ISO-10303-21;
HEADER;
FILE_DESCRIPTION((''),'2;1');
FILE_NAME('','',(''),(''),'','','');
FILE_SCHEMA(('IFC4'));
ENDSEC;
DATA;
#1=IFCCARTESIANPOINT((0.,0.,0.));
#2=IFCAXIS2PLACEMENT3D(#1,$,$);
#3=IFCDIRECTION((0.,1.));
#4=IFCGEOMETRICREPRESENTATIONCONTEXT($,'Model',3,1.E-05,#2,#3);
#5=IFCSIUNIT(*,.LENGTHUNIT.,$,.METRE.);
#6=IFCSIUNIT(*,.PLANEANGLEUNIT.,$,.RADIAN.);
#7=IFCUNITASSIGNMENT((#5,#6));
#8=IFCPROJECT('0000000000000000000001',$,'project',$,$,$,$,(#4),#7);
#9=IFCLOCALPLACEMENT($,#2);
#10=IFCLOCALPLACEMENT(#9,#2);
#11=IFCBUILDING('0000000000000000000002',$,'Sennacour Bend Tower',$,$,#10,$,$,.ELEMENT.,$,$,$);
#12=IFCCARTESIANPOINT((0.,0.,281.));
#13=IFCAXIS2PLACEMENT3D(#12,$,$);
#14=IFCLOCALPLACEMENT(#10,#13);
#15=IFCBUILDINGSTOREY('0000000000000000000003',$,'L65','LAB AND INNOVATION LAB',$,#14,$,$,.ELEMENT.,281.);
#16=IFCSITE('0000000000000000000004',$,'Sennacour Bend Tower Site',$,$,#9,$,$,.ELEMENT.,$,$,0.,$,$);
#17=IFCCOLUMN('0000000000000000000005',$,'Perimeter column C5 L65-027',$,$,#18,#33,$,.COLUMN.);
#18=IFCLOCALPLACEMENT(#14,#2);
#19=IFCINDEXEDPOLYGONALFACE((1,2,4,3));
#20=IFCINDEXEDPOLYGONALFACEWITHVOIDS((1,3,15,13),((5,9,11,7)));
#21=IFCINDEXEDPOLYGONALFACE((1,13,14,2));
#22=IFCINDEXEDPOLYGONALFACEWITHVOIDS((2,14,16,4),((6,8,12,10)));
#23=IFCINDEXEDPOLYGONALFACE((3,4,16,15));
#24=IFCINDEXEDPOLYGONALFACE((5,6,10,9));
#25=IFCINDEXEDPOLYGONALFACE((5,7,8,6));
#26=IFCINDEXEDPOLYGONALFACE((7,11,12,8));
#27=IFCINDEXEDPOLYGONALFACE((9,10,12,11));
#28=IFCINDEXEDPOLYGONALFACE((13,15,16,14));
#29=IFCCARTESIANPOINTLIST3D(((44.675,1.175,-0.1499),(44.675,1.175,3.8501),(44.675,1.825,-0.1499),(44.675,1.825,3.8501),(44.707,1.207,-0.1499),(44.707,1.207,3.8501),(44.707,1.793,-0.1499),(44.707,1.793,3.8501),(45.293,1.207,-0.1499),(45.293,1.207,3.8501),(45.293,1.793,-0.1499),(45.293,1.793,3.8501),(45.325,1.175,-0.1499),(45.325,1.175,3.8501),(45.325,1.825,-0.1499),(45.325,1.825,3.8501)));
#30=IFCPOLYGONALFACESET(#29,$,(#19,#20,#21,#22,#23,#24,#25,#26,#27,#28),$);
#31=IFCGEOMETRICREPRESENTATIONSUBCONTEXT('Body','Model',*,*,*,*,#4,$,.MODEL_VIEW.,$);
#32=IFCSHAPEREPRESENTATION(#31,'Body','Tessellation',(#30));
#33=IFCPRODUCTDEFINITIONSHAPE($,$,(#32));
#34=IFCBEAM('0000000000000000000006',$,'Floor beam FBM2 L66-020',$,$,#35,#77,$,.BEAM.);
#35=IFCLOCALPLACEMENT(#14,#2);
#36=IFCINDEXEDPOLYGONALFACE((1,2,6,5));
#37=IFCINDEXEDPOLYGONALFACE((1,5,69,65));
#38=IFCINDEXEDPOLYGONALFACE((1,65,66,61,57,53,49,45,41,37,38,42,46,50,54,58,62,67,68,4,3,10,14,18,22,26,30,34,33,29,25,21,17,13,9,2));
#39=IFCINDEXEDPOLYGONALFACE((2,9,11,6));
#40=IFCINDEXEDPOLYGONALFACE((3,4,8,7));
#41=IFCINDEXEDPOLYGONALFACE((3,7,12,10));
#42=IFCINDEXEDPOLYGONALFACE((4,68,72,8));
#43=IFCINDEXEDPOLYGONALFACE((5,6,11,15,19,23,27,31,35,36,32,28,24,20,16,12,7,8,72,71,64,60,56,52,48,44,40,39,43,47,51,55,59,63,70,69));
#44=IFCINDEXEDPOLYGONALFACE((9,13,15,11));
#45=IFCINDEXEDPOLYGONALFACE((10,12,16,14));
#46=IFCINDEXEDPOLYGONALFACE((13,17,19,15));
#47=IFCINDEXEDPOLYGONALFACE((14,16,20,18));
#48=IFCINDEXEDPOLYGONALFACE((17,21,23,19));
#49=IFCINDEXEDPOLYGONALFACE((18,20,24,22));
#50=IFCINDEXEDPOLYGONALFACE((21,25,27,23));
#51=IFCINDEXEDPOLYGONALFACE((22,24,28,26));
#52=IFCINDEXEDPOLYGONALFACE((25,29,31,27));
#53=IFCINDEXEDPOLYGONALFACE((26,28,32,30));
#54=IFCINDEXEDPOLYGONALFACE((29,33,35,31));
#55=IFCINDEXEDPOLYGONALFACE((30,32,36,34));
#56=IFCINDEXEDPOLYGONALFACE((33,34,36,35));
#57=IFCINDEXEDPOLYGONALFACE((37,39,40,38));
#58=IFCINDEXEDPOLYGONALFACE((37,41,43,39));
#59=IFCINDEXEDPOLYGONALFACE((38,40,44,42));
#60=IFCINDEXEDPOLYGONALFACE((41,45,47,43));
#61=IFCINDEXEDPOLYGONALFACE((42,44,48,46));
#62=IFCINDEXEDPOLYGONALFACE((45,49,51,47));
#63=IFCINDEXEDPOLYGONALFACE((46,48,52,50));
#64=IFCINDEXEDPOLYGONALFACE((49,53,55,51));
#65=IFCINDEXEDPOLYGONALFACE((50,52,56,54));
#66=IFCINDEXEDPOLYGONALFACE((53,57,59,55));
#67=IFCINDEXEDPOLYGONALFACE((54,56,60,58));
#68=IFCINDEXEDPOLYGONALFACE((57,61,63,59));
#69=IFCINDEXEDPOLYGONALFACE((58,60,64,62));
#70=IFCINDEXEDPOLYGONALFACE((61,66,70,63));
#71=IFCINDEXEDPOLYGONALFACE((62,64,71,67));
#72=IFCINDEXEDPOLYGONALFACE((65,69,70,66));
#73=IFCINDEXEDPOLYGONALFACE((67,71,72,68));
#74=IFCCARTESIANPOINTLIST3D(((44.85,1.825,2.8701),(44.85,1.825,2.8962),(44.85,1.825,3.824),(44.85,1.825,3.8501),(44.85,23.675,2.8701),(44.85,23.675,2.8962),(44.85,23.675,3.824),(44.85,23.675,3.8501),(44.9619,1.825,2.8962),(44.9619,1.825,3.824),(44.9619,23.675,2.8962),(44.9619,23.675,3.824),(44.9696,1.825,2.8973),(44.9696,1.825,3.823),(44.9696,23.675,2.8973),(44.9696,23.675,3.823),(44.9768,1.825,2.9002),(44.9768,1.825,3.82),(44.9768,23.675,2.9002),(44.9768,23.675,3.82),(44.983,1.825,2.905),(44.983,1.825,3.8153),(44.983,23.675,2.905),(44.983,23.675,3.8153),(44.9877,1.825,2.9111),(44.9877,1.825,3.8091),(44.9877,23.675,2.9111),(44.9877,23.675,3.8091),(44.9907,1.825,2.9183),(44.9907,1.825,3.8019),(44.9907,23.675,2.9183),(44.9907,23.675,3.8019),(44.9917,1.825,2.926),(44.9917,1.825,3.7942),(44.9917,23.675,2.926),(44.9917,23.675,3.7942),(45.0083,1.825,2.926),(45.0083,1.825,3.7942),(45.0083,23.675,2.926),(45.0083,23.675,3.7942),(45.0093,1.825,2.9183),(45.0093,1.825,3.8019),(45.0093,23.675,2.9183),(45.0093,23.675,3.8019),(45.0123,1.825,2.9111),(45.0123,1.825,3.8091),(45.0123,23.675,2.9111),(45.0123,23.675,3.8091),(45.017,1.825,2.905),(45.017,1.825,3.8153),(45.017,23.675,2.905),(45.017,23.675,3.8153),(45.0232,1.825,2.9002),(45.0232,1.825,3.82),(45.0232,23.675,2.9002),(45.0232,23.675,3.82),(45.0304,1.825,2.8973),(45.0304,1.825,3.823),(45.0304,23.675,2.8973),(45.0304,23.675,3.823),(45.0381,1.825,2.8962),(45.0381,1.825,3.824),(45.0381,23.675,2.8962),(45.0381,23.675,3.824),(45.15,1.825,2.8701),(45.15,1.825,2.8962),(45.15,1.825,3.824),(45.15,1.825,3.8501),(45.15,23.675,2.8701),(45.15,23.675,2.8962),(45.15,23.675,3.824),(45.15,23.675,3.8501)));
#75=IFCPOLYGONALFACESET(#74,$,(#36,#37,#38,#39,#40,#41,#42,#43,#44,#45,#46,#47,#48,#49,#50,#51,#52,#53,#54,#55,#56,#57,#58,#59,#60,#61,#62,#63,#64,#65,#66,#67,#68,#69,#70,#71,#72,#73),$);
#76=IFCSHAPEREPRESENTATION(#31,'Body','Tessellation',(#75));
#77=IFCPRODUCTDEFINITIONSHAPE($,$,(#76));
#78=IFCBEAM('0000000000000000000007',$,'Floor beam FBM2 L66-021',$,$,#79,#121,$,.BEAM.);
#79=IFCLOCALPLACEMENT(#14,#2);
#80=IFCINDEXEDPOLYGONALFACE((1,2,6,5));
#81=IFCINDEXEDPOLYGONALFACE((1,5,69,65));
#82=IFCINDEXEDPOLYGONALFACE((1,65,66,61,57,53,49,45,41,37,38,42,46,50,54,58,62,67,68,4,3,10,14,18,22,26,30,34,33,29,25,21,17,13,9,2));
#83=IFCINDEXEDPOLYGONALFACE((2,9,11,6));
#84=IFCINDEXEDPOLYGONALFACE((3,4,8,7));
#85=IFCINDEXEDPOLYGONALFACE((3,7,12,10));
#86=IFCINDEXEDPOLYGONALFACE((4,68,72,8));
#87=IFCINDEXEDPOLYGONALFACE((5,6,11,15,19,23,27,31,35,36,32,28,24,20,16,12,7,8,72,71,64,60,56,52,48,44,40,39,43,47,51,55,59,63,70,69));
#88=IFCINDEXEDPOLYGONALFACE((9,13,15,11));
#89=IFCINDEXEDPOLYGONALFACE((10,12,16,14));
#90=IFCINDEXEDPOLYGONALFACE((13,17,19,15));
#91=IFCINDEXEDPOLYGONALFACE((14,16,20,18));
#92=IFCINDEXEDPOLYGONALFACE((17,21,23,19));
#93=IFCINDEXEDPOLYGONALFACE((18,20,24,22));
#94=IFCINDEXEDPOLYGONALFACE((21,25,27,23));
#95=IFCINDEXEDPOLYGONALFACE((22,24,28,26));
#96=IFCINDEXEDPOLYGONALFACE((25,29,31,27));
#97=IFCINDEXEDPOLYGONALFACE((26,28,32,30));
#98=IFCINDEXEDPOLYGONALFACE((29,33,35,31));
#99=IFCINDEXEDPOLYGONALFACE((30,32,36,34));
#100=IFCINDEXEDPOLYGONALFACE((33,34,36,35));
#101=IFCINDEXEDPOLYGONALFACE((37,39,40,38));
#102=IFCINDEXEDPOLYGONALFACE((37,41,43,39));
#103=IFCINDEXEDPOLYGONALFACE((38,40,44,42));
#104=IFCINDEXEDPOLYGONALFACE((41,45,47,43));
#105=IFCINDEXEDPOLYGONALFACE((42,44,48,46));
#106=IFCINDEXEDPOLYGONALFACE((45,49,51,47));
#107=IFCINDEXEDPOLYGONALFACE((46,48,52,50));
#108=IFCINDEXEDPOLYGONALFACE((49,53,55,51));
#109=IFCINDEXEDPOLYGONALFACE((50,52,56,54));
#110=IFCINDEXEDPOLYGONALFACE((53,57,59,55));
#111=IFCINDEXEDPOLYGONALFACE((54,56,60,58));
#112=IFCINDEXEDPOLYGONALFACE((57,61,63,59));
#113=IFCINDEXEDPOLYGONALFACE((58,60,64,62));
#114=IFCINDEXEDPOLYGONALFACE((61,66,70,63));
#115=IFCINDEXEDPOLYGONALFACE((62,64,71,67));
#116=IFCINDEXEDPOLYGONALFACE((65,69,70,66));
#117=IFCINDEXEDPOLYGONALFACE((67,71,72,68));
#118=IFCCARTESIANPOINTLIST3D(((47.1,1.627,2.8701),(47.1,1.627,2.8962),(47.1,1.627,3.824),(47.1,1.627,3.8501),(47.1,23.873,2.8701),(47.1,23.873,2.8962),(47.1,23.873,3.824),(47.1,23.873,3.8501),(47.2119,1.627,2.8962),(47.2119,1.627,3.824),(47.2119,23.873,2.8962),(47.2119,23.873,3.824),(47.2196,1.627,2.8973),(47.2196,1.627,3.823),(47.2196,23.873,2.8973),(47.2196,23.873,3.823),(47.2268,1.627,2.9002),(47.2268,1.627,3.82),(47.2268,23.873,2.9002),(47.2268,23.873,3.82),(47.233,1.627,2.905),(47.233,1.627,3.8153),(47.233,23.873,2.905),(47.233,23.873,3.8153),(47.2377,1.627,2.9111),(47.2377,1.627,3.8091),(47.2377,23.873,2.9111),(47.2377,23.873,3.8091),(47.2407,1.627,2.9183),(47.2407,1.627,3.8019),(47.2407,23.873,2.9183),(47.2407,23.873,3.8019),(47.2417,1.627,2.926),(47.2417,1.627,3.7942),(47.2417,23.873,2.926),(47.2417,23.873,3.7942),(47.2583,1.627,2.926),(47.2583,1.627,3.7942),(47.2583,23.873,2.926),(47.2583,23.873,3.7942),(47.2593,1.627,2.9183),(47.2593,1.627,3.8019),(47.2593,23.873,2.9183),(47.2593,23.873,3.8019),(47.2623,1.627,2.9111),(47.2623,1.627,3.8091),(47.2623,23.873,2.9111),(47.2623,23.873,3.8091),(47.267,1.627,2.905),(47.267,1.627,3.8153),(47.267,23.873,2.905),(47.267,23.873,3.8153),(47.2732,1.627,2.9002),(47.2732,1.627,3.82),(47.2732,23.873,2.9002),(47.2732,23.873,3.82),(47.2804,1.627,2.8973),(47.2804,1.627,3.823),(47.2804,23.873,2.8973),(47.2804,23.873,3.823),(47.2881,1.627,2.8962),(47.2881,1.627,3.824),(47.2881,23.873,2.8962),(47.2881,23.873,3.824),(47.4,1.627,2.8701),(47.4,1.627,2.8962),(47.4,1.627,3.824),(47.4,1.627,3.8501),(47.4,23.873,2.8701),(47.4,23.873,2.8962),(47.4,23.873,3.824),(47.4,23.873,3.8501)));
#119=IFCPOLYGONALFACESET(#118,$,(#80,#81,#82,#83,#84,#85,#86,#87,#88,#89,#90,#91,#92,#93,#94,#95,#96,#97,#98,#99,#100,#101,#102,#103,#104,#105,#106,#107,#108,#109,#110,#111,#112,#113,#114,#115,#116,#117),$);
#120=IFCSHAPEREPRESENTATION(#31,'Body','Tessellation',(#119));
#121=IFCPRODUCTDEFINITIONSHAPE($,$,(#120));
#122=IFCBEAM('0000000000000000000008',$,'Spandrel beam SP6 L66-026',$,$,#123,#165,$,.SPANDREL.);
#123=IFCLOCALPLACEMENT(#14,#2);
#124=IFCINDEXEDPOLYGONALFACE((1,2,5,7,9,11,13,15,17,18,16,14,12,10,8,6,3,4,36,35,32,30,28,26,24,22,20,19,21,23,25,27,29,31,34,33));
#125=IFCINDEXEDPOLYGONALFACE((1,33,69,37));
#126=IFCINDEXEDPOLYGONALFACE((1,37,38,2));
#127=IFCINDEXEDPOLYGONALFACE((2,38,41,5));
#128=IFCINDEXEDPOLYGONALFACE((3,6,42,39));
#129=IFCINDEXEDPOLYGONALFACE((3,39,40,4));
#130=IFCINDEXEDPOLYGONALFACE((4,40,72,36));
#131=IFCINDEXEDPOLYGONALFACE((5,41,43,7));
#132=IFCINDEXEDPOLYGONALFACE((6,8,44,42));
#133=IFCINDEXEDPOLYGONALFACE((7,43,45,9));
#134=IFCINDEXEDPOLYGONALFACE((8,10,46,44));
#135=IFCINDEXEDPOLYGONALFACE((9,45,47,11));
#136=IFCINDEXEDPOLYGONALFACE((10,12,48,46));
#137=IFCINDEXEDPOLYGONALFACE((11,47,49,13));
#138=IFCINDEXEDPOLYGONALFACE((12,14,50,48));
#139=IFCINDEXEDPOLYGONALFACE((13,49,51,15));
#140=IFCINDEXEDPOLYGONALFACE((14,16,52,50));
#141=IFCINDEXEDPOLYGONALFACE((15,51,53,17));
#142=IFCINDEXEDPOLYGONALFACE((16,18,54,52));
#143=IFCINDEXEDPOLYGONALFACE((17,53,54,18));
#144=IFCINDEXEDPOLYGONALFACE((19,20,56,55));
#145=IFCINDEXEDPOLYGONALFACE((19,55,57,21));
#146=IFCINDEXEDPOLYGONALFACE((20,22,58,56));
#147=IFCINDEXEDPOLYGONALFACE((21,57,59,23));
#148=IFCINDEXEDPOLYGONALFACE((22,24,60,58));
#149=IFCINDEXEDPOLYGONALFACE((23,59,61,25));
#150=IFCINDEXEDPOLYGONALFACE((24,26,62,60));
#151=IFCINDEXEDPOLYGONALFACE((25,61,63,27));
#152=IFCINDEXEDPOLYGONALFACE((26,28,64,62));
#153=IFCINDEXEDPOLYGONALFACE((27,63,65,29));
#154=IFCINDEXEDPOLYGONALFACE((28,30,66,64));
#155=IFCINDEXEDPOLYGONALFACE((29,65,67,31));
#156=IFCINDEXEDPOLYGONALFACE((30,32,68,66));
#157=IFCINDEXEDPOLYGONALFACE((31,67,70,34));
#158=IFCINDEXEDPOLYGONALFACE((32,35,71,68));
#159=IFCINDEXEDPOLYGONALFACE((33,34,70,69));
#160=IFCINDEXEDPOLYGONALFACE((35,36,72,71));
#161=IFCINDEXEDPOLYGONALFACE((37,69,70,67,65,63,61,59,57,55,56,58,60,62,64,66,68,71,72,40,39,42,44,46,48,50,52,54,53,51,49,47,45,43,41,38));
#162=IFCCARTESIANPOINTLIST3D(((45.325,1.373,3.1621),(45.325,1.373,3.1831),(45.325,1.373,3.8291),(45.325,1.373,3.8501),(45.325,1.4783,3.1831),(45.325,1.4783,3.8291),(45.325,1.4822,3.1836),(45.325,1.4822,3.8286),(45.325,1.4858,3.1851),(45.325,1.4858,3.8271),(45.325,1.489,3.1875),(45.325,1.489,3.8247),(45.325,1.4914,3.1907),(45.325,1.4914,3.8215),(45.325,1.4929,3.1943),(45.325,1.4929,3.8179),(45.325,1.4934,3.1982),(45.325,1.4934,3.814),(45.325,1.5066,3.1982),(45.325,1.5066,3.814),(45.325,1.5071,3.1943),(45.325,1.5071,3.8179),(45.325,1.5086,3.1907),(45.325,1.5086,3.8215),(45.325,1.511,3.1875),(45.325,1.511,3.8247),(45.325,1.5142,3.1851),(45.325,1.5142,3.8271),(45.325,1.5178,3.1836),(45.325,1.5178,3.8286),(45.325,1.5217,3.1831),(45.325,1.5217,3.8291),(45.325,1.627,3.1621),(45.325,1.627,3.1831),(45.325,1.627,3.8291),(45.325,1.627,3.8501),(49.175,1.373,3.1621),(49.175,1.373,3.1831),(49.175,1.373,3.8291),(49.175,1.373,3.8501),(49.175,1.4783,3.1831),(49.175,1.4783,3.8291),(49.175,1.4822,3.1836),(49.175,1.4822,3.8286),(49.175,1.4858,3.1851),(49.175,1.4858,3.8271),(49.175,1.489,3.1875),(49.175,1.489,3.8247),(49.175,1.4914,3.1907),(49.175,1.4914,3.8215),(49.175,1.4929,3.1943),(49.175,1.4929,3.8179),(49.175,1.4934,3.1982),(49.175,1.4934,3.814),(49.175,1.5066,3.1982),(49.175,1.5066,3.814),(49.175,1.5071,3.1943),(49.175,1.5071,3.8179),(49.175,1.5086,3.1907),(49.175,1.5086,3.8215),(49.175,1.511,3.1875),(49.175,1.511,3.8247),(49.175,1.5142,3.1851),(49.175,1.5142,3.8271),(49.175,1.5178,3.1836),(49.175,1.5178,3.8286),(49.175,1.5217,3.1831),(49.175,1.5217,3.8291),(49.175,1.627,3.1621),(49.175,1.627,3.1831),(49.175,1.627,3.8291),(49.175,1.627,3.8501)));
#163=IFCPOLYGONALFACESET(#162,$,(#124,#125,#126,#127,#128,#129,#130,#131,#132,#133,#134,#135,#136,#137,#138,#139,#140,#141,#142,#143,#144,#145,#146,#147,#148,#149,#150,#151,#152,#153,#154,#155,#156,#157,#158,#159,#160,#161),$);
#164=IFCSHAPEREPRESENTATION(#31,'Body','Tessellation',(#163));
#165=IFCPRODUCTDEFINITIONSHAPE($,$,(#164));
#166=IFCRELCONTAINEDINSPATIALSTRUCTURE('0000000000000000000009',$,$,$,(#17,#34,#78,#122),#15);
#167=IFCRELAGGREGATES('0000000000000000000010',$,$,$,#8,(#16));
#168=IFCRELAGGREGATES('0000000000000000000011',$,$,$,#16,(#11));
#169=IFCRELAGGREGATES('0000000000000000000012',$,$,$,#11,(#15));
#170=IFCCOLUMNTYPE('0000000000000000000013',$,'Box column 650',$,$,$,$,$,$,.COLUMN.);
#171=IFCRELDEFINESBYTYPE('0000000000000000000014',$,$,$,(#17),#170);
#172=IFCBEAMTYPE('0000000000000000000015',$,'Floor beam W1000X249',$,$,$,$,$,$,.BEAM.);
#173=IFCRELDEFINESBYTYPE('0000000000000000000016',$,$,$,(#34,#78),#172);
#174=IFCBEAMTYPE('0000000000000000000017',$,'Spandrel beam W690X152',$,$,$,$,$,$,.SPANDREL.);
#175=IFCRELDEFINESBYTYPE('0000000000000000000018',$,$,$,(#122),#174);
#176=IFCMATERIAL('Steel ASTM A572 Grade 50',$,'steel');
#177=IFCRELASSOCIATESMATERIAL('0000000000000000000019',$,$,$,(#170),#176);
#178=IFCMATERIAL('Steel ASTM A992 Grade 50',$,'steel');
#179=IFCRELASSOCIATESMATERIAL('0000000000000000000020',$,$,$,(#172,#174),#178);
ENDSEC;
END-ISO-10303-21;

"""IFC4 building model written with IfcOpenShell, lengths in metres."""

from ifc_helpers import new_model, si_unit, direction, frame, origin, origin_2d, place, context, subcontext, project, spatial, hollow_rectangle, i_section, extrude, material, material_profile, profile_set, type_object, element, save


model = new_model("IFC4")

# Units and contexts
model_context = context("Model", 3, precision=1e-05, world=origin(), true_north=direction((0.0, 1.0)))
body_context = subcontext(model_context, "Body", "Model", "MODEL_VIEW")
ifc_project = project(units=[si_unit("LENGTHUNIT", "METRE"), si_unit("PLANEANGLEUNIT", "RADIAN")], contexts=[model_context])

# Site, building, storey
site_placement = place(None, origin())
site = spatial("IfcSite", under=ifc_project, at=site_placement, Name="Sennacour Bend Tower Site", CompositionType="ELEMENT", RefElevation=0.0)
building_placement = place(site_placement, origin())
building = spatial("IfcBuilding", under=site, at=building_placement, Name="Sennacour Bend Tower", CompositionType="ELEMENT")
storey_placement = place(building_placement, frame((0.0, 0.0, 281.0)))
storey = spatial("IfcBuildingStorey", under=building, at=storey_placement, Name="L65", Description="LAB AND INNOVATION LAB", CompositionType="ELEMENT", Elevation=281.0)

# Column
ifc_material_1 = material(Name="Steel ASTM A572 Grade 50", Category="steel")
ifc_material_profile_1 = material_profile(ifc_material_1, hollow_rectangle(XDim=0.6499, YDim=0.6499, WallThickness=0.032, at=origin_2d()), Name="Steel ASTM A572 Grade 50", Category="steel")
ifc_profile_set_1 = profile_set([ifc_material_profile_1], Name="Steel ASTM A572 Grade 50")
column_type = type_object("IfcColumnType", Name="Box column 650", PredefinedType="COLUMN", material=ifc_profile_set_1)
column_placement = place(storey_placement, frame((45.0, 1.5, -0.1499), z_axis=(0.0, 0.0, 1.0), x_axis=(1.0, 0.0, 0.0)))
element("IfcColumn", 1, at=column_placement, inside=storey, type_object=column_type, Name="Perimeter column C5 L65-027", PredefinedType="COLUMN", context=body_context, shape_type="SweptSolid", body=[
    extrude(hollow_rectangle(XDim=0.6499, YDim=0.6499, WallThickness=0.032, at=origin_2d()), origin(), (0.0, 0.0, 1.0), 4.0),
])

# Beams
ifc_material_2 = material(Name="Steel ASTM A992 Grade 50", Category="steel")
ifc_material_profile_2 = material_profile(ifc_material_2, i_section(OverallWidth=0.3, OverallDepth=0.98, WebThickness=0.0166, FlangeThickness=0.0261, FilletRadius=0.0298, at=origin_2d()), Name="Steel ASTM A992 Grade 50", Category="steel")
ifc_profile_set_2 = profile_set([ifc_material_profile_2], Name="Steel ASTM A992 Grade 50")
beam_type_1 = type_object("IfcBeamType", Name="Floor beam W1000X249", PredefinedType="BEAM", material=ifc_profile_set_2)
beam_1_placement = place(storey_placement, frame((45.0, 1.825, 3.3601), z_axis=(0.0, 1.0, 0.0), x_axis=(-1.0, 0.0, 0.0)))
element("IfcBeam", 2, at=beam_1_placement, inside=storey, type_object=beam_type_1, Name="Floor beam FBM2 L66-020", PredefinedType="BEAM", context=body_context, shape_type="SweptSolid", body=[
    extrude(i_section(OverallWidth=0.3, OverallDepth=0.98, WebThickness=0.0166, FlangeThickness=0.0261, FilletRadius=0.0298, at=origin_2d()), origin(), (0.0, 0.0, 1.0), 21.8501),
])
beam_2_placement = place(storey_placement, frame((47.25, 1.627, 3.3601), z_axis=(0.0, 1.0, 0.0), x_axis=(-1.0, 0.0, 0.0)))
element("IfcBeam", 3, at=beam_2_placement, inside=storey, type_object=beam_type_1, Name="Floor beam FBM2 L66-021", PredefinedType="BEAM", context=body_context, shape_type="SweptSolid", body=[
    extrude(i_section(OverallWidth=0.3, OverallDepth=0.98, WebThickness=0.0166, FlangeThickness=0.0261, FilletRadius=0.0298, at=origin_2d()), origin(), (0.0, 0.0, 1.0), 22.2461),
])
ifc_material_profile_3 = material_profile(ifc_material_2, i_section(OverallWidth=0.2539, OverallDepth=0.688, WebThickness=0.0132, FlangeThickness=0.021, FilletRadius=0.0151, at=origin_2d()), Name="Steel ASTM A992 Grade 50", Category="steel")
ifc_profile_set_3 = profile_set([ifc_material_profile_3], Name="Steel ASTM A992 Grade 50")
beam_type_2 = type_object("IfcBeamType", Name="Spandrel beam W690X152", PredefinedType="SPANDREL", material=ifc_profile_set_3)
for number, where, z_axis, x_axis, name in (
    (4, (49.175, 1.5, 3.5061), (-1.0, 0.0, 0.0), (0.0, -1.0, 0.0), "Spandrel beam SP6 L66-026"),
):
    element("IfcBeam", number, at=place(storey_placement, frame(where, z_axis=z_axis, x_axis=x_axis)), inside=storey, type_object=beam_type_2, Name=name, PredefinedType="SPANDREL", context=body_context, shape_type="SweptSolid", body=[
        extrude(i_section(OverallWidth=0.2539, OverallDepth=0.688, WebThickness=0.0132, FlangeThickness=0.021, FilletRadius=0.0151, at=origin_2d()), origin(), (0.0, 0.0, 1.0), 3.8501),
    ])

save(model, "model.ifc")
